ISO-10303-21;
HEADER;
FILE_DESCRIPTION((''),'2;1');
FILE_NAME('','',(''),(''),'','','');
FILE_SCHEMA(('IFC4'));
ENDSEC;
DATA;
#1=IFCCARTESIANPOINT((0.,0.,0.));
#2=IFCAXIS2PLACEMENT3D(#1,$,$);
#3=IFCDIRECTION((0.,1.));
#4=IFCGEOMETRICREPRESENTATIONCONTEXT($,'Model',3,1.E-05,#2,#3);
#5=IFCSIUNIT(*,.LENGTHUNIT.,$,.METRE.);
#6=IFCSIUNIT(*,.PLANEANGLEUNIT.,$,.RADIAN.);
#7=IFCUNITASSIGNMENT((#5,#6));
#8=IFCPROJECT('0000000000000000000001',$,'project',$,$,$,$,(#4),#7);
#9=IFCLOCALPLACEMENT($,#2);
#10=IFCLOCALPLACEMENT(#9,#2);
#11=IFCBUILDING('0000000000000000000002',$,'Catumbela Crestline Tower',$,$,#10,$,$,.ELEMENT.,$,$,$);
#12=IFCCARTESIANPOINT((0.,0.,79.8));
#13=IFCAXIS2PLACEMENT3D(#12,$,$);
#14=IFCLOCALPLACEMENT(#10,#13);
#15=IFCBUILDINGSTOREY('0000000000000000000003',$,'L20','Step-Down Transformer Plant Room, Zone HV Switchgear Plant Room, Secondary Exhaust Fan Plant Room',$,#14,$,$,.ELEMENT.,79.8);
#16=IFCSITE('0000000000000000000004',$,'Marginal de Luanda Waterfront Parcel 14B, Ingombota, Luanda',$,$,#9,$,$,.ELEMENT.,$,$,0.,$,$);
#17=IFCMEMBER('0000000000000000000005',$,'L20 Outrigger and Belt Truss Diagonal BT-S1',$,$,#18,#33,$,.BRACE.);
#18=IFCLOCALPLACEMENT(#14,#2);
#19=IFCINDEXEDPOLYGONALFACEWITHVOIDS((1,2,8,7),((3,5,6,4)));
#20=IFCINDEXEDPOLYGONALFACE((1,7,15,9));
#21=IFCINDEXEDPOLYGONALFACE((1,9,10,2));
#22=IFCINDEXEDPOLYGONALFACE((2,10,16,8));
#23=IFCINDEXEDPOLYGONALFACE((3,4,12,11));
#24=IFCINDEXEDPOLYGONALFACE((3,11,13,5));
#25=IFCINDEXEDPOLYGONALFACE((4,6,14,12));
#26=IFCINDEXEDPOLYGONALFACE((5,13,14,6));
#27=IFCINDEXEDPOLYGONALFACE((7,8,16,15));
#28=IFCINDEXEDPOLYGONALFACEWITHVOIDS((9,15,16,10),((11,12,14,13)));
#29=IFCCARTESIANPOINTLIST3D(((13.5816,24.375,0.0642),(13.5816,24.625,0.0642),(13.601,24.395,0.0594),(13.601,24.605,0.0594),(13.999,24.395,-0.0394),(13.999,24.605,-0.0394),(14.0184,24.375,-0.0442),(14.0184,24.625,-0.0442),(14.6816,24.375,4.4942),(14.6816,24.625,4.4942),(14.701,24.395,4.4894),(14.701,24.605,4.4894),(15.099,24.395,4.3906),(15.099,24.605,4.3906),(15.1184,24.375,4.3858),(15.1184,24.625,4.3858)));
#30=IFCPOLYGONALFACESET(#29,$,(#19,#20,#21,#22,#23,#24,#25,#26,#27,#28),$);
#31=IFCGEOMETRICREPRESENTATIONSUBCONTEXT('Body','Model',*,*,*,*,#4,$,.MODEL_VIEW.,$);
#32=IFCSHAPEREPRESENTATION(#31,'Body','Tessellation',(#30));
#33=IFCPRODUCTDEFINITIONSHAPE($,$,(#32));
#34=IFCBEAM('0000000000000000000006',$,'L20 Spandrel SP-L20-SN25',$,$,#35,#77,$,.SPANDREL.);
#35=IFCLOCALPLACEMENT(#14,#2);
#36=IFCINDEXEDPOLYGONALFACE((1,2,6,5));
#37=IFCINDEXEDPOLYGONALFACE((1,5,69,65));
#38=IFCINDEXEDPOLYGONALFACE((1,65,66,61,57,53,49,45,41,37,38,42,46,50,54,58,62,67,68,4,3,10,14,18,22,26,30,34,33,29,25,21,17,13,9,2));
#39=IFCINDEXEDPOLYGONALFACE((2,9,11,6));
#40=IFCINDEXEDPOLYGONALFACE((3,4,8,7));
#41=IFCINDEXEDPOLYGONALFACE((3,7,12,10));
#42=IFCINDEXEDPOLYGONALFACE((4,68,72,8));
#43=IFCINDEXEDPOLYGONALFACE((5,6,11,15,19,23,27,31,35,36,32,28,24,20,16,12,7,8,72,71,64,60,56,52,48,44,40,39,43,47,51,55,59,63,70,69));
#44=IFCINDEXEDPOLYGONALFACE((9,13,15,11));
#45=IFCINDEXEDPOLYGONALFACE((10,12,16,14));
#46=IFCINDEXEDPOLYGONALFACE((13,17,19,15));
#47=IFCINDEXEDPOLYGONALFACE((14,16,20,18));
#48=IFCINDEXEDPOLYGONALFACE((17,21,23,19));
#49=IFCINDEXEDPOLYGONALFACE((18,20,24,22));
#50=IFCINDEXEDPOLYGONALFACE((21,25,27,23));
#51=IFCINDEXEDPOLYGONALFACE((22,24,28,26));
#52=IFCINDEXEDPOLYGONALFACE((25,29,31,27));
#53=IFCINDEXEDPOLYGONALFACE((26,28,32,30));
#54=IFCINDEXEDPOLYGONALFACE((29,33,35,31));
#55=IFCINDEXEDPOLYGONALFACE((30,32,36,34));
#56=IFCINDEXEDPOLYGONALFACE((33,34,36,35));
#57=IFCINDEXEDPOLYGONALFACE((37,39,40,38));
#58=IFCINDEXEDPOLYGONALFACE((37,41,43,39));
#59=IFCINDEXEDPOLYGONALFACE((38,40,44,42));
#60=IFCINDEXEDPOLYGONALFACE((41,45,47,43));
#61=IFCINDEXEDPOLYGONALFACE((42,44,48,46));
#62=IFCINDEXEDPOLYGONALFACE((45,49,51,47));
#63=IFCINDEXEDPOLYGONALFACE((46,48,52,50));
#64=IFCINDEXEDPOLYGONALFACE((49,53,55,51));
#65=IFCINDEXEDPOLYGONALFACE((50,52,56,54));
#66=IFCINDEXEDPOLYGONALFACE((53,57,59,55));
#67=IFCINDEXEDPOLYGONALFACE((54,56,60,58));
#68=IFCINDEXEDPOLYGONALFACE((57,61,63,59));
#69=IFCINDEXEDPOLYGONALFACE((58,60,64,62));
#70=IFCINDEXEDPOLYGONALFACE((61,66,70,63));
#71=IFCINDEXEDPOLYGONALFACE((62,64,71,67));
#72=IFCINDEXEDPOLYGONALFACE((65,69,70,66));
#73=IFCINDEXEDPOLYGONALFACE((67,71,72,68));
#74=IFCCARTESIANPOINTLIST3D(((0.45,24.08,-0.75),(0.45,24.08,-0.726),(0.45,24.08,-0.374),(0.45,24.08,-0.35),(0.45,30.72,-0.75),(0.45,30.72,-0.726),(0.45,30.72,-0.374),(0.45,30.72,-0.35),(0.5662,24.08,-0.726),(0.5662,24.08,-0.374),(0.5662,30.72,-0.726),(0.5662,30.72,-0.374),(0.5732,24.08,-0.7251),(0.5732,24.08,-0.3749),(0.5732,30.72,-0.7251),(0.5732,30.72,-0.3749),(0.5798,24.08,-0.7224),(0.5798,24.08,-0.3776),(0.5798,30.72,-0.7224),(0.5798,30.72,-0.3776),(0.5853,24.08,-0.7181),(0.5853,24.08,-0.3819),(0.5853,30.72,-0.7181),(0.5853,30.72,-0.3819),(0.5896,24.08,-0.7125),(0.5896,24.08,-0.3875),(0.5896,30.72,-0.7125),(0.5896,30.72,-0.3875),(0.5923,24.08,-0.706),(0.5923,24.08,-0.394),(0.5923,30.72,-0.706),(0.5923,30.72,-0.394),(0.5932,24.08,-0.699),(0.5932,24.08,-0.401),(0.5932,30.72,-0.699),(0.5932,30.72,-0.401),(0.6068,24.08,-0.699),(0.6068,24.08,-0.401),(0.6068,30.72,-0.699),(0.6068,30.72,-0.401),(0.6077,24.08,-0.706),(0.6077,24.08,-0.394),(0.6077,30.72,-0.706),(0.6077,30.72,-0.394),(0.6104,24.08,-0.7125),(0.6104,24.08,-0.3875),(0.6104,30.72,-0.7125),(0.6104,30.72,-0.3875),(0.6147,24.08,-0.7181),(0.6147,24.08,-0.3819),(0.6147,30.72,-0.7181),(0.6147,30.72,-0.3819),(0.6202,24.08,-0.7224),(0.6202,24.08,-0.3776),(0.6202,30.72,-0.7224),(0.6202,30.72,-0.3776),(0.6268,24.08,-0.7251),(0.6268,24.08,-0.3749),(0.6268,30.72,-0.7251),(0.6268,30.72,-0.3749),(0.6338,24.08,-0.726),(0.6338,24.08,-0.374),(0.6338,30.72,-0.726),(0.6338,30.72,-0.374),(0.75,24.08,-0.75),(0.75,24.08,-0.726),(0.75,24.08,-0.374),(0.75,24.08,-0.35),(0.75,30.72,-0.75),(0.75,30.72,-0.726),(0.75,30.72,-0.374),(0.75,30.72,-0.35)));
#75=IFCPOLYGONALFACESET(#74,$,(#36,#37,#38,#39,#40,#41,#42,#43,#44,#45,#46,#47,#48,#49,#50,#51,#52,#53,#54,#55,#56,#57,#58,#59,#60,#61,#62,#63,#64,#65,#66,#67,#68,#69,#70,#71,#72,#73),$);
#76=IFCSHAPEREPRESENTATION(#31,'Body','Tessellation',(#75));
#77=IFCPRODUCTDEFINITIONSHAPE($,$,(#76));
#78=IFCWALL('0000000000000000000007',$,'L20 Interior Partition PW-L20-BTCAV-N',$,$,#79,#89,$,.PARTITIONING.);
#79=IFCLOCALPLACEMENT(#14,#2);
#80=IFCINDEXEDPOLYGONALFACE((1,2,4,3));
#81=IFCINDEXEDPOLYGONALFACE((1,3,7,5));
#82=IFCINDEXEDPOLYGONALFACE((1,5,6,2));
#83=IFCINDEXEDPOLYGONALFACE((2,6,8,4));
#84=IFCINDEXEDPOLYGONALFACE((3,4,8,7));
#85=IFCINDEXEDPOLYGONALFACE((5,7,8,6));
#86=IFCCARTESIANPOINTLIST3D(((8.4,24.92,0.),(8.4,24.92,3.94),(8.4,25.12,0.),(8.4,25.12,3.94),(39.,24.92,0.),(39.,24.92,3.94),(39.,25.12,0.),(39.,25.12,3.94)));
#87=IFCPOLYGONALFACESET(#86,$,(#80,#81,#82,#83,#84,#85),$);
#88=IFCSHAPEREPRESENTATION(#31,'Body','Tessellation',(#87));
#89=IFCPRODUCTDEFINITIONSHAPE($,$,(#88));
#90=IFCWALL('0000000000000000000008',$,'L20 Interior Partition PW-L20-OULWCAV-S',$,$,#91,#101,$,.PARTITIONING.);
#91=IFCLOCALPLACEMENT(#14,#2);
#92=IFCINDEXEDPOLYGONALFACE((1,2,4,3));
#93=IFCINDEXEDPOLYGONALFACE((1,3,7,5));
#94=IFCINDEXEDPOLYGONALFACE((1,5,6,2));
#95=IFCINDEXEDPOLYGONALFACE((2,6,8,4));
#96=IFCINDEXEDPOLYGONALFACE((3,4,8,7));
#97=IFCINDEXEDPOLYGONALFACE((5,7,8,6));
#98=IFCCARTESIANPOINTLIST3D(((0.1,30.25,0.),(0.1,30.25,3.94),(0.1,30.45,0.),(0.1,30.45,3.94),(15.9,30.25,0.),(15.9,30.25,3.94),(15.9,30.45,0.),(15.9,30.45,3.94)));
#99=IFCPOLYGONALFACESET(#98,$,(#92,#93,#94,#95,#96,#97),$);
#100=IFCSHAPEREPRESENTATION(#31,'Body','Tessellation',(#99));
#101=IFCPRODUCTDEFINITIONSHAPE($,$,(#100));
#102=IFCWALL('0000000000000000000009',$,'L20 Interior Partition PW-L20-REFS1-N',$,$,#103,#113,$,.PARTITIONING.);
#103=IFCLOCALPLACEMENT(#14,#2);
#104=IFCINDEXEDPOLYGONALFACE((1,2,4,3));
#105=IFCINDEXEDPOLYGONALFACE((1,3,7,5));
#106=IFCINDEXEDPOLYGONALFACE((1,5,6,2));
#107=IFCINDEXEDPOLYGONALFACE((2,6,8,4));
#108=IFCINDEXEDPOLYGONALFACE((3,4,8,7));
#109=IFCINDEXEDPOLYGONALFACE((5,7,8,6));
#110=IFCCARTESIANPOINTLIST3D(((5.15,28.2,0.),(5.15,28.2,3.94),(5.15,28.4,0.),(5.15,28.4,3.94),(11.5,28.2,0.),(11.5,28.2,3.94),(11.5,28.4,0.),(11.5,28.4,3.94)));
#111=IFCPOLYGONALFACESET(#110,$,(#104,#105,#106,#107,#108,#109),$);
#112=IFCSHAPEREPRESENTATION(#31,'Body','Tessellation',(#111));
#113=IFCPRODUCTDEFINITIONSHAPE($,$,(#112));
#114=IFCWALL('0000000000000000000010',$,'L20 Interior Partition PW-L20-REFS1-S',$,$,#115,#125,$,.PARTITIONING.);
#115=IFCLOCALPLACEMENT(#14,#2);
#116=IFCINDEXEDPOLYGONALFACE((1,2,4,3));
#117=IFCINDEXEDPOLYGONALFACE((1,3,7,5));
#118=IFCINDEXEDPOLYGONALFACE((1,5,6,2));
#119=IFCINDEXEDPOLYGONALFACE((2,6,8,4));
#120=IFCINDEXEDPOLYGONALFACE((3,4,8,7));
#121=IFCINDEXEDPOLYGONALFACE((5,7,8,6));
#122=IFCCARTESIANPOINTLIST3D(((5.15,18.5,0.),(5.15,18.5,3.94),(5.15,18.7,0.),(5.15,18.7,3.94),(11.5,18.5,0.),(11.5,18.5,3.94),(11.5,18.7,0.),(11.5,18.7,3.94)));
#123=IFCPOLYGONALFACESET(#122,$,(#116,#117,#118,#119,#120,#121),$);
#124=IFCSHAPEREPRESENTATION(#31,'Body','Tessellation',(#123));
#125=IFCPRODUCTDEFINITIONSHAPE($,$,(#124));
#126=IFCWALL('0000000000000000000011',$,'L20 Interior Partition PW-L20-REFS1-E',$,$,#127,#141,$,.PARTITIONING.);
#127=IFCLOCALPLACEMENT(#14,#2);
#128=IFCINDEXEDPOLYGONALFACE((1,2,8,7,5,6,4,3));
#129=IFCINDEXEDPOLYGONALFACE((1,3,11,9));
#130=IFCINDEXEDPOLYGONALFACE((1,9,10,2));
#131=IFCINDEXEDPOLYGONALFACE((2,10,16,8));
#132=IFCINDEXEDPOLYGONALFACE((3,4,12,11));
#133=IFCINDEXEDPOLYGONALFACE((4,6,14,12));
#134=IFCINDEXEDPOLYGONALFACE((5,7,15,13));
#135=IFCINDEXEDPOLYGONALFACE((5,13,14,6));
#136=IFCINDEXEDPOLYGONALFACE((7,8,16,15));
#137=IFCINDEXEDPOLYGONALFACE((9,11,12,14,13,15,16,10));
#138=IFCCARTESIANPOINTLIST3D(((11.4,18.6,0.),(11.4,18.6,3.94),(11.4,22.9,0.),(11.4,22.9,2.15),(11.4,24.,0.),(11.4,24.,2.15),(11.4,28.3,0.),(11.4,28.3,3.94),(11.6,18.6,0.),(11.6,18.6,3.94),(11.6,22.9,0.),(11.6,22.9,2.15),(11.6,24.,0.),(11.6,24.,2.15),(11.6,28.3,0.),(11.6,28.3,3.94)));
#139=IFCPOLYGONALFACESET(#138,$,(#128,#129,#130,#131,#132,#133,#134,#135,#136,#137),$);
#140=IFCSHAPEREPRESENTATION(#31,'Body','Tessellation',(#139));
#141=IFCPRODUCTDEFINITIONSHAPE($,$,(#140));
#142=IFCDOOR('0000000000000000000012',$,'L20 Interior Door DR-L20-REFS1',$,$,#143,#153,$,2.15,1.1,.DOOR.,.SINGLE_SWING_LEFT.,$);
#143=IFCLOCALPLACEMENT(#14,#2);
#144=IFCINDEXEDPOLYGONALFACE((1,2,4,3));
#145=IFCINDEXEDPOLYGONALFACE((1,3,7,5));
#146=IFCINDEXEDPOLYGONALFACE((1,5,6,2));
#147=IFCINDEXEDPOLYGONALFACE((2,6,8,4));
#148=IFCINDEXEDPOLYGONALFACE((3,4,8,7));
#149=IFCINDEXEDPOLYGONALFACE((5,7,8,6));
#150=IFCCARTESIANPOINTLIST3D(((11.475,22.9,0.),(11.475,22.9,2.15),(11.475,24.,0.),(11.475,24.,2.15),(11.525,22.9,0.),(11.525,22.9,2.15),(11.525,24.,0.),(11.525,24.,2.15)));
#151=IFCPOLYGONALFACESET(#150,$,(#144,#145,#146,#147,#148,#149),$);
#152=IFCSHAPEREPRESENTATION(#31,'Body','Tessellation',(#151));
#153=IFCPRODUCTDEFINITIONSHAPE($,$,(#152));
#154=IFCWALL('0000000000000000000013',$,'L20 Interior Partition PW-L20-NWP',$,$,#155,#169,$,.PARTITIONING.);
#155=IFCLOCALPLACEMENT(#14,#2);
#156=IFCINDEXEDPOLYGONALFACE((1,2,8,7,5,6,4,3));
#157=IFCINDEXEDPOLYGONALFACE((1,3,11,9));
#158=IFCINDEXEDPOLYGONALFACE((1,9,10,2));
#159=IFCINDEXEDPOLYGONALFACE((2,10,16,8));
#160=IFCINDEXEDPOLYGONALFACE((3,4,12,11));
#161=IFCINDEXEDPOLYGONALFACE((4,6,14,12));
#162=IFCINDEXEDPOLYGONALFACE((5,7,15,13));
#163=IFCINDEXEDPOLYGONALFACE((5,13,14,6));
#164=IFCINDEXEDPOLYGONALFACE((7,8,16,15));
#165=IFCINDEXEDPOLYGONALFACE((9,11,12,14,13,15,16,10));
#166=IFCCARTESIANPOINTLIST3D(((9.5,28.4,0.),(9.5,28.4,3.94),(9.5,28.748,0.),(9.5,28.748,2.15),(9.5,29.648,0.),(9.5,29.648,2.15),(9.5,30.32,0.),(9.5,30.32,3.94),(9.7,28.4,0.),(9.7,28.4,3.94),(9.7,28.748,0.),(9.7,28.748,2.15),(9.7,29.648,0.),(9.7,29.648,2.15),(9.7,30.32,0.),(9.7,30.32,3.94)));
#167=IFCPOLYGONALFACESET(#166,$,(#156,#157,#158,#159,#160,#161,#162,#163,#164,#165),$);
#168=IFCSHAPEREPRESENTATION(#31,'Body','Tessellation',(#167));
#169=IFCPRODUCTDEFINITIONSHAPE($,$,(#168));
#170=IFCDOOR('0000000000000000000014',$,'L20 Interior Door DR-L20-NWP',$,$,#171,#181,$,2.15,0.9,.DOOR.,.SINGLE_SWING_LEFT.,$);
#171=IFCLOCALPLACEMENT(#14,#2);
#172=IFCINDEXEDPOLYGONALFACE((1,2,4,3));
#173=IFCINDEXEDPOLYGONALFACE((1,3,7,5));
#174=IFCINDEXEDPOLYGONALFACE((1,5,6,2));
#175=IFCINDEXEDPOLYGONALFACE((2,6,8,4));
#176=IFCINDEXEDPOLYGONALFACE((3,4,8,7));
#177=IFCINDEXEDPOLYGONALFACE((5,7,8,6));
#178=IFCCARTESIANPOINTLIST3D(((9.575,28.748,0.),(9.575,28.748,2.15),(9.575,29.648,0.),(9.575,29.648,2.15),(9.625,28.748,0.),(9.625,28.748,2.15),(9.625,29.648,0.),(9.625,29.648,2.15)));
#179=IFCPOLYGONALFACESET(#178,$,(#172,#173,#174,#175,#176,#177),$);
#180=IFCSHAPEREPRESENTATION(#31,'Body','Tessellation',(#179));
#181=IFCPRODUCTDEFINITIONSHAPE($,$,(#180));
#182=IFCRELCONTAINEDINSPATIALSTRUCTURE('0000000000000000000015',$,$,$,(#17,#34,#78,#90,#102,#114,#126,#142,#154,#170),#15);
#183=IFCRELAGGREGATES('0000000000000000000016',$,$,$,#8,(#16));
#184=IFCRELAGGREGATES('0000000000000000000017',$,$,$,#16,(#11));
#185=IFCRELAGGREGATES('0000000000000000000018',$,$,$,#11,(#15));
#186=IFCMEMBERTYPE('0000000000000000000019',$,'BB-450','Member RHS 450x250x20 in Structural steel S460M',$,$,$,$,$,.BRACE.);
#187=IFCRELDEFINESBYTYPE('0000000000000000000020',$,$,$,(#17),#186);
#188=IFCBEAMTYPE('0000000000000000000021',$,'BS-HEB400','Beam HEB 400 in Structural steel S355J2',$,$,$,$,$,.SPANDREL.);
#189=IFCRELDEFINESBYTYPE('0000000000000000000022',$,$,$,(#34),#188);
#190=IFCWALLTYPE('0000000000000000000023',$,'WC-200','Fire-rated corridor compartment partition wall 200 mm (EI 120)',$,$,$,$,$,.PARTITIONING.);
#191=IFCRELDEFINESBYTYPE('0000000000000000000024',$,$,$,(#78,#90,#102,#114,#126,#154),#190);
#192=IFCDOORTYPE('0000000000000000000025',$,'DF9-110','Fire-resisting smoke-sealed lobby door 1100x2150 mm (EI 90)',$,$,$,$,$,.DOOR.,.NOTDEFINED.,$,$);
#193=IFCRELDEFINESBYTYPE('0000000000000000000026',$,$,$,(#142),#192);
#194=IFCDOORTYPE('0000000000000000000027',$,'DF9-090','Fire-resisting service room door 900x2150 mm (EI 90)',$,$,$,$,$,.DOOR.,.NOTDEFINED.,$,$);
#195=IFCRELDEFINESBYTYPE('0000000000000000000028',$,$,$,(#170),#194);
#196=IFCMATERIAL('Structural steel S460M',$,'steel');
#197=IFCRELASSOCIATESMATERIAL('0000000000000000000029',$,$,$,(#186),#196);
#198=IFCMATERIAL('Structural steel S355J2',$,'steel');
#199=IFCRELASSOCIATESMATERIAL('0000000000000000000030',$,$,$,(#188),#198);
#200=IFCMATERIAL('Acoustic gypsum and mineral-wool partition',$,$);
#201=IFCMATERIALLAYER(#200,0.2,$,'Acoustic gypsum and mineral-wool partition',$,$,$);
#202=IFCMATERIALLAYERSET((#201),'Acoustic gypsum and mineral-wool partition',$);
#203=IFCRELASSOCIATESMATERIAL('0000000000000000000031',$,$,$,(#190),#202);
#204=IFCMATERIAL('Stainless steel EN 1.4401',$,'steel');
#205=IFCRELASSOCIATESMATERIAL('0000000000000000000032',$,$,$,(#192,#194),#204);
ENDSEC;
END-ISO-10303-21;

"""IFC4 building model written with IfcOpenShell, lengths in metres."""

from ifc_helpers import new_model, si_unit, direction, frame, frame_2d, origin, origin_2d, place, context, subcontext, project, spatial, rectangle, hollow_rectangle, i_section, extrude, material, layer, layer_set, material_profile, profile_set, type_object, element, fill, save


model = new_model("IFC4")

# Units and contexts
model_context = context("Model", 3, precision=1e-05, world=origin(), true_north=direction((0.0, 1.0)))
body_context = subcontext(model_context, "Body", "Model", "MODEL_VIEW")
ifc_project = project(units=[si_unit("LENGTHUNIT", "METRE"), si_unit("PLANEANGLEUNIT", "RADIAN")], contexts=[model_context])

# Site, building, storey
site_placement = place(None, origin())
site = spatial("IfcSite", under=ifc_project, at=site_placement, Name="Marginal de Luanda Waterfront Parcel 14B, Ingombota, Luanda", CompositionType="ELEMENT", RefElevation=0.0)
building_placement = place(site_placement, origin())
building = spatial("IfcBuilding", under=site, at=building_placement, Name="Catumbela Crestline Tower", CompositionType="ELEMENT")
storey_placement = place(building_placement, frame((0.0, 0.0, 79.8)))
storey = spatial("IfcBuildingStorey", under=building, at=storey_placement, Name="L20", Description="Step-Down Transformer Plant Room, Zone HV Switchgear Plant Room, Secondary Exhaust Fan Plant Room", CompositionType="ELEMENT", Elevation=79.8)

# Shared definitions
ifc_material_1 = material(Name="Structural steel S460M", Category="steel")

# Shared definitions
ifc_material_2 = material(Name="Structural steel S355J2", Category="steel")

# Member
ifc_material_profile_1 = material_profile(ifc_material_1, hollow_rectangle(XDim=0.25, YDim=0.45, WallThickness=0.02, at=origin_2d()), Name="RHS 450x250x20")
ifc_profile_set_1 = profile_set([ifc_material_profile_1], Name="Structural steel S460M")
member_type = type_object("IfcMemberType", Name="BB-450", Description="Member RHS 450x250x20 in Structural steel S460M", PredefinedType="BRACE", material=ifc_profile_set_1)
member_placement = place(storey_placement, frame((13.8, 24.5, 0.01), z_axis=(0.240989, 0.0, 0.970528), x_axis=(0.0, 1.0, 0.0)))
element("IfcMember", 1, at=member_placement, inside=storey, type_object=member_type, Name="L20 Outrigger and Belt Truss Diagonal BT-S1", PredefinedType="BRACE", context=body_context, shape_type="SweptSolid", body=[
    extrude(hollow_rectangle(XDim=0.25, YDim=0.45, WallThickness=0.02, at=origin_2d()), origin(), (0.0, 0.0, 1.0), 4.5645),
])

# Beam
ifc_material_profile_2 = material_profile(ifc_material_2, i_section(OverallWidth=0.3, OverallDepth=0.4, WebThickness=0.0135, FlangeThickness=0.024, FilletRadius=0.027, at=origin_2d()), Name="HEB 400")
ifc_profile_set_2 = profile_set([ifc_material_profile_2], Name="Structural steel S355J2")
beam_type_1 = type_object("IfcBeamType", Name="BS-HEB400", Description="Beam HEB 400 in Structural steel S355J2", PredefinedType="SPANDREL", material=ifc_profile_set_2)
beam_1_placement = place(storey_placement, frame((0.6, 24.08, -0.55), z_axis=(0.0, 1.0, 0.0), x_axis=(-1.0, 0.0, 0.0)))
element("IfcBeam", 2, at=beam_1_placement, inside=storey, type_object=beam_type_1, Name="L20 Spandrel SP-L20-SN25", PredefinedType="SPANDREL", context=body_context, shape_type="SweptSolid", body=[
    extrude(i_section(OverallWidth=0.3, OverallDepth=0.4, WebThickness=0.0135, FlangeThickness=0.024, FilletRadius=0.027, at=origin_2d()), origin(), (0.0, 0.0, 1.0), 6.64),
])

# Walls
ifc_material_3 = material(Name="Acoustic gypsum and mineral-wool partition")
ifc_layer = layer(ifc_material_3, 0.2, Name="Acoustic gypsum and mineral-wool partition")
ifc_layer_set = layer_set([ifc_layer], Name="Acoustic gypsum and mineral-wool partition")
wall_type = type_object("IfcWallType", Name="WC-200", Description="Fire-rated corridor compartment partition wall 200 mm (EI 120)", PredefinedType="PARTITIONING", material=ifc_layer_set)
wall_1_placement = place(storey_placement, frame((8.4, 25.02, 0.0), z_axis=(0.0, 0.0, 1.0), x_axis=(1.0, 0.0, 0.0)))
element("IfcWall", 3, at=wall_1_placement, inside=storey, type_object=wall_type, Name="L20 Interior Partition PW-L20-BTCAV-N", PredefinedType="PARTITIONING", context=body_context, shape_type="SweptSolid", body=[
    extrude(rectangle(XDim=30.6, YDim=0.2, at=frame_2d((15.3, 0.0))), origin(), (0.0, 0.0, 1.0), 3.94),
])
wall_2_placement = place(storey_placement, frame((0.1, 30.35, 0.0), z_axis=(0.0, 0.0, 1.0), x_axis=(1.0, 0.0, 0.0)))
element("IfcWall", 4, at=wall_2_placement, inside=storey, type_object=wall_type, Name="L20 Interior Partition PW-L20-OULWCAV-S", PredefinedType="PARTITIONING", context=body_context, shape_type="SweptSolid", body=[
    extrude(rectangle(XDim=15.8, YDim=0.2, at=frame_2d((7.9, 0.0))), origin(), (0.0, 0.0, 1.0), 3.94),
])
for number, where, z_axis, x_axis, name in (
    (5, (5.15, 28.3, 0.0), (0.0, 0.0, 1.0), (1.0, 0.0, 0.0), "L20 Interior Partition PW-L20-REFS1-N"),
    (6, (5.15, 18.6, 0.0), (0.0, 0.0, 1.0), (1.0, 0.0, 0.0), "L20 Interior Partition PW-L20-REFS1-S"),
):
    element("IfcWall", number, at=place(storey_placement, frame(where, z_axis=z_axis, x_axis=x_axis)), inside=storey, type_object=wall_type, Name=name, PredefinedType="PARTITIONING", context=body_context, shape_type="SweptSolid", body=[
        extrude(rectangle(XDim=6.35, YDim=0.2, at=frame_2d((3.175, 0.0))), origin(), (0.0, 0.0, 1.0), 3.94),
    ])

# Walls, openings, doors
wall_3_placement = place(storey_placement, frame((11.5, 18.6, 0.0), z_axis=(0.0, 0.0, 1.0), x_axis=(0.0, 1.0, 0.0)))
wall_3 = element("IfcWall", 7, at=wall_3_placement, inside=storey, type_object=wall_type, Name="L20 Interior Partition PW-L20-REFS1-E", PredefinedType="PARTITIONING", context=body_context, shape_type="SweptSolid", body=[
    extrude(rectangle(XDim=9.7, YDim=0.2, at=frame_2d((4.85, 0.0))), origin(), (0.0, 0.0, 1.0), 3.94),
])
opening_1_placement = place(wall_3_placement, frame((4.3, 0.0, 0.0)))
opening_1 = element("IfcOpeningElement", 8, at=opening_1_placement, cuts=wall_3, PredefinedType="OPENING", context=body_context, shape_type="SweptSolid", body=[
    extrude(rectangle(XDim=1.1, YDim=2.15, at=frame_2d((0.55, 1.075))), frame((0.0, 0.11, 0.0), z_axis=(0.0, -1.0, 0.0), x_axis=(1.0, 0.0, 0.0)), (0.0, 0.0, 1.0), 0.22),
])
ifc_material_4 = material(Name="Stainless steel EN 1.4401", Category="steel")
door_type_1 = type_object("IfcDoorType", Name="DF9-110", Description="Fire-resisting smoke-sealed lobby door 1100x2150 mm (EI 90)", OperationType="NOTDEFINED", PredefinedType="DOOR", material=ifc_material_4)
door_1_placement = place(opening_1_placement, origin())
door_1 = element("IfcDoor", 9, at=door_1_placement, inside=storey, type_object=door_type_1, Name="L20 Interior Door DR-L20-REFS1", OperationType="SINGLE_SWING_LEFT", OverallHeight=2.15, OverallWidth=1.1, PredefinedType="DOOR", context=body_context, shape_type="SweptSolid", body=[
    extrude(rectangle(XDim=1.1, YDim=2.15, at=frame_2d((0.55, 1.075))), frame((0.0, 0.025, 0.0), z_axis=(0.0, -1.0, 0.0), x_axis=(1.0, 0.0, 0.0)), (0.0, 0.0, 1.0), 0.05),
])
fill(opening_1, door_1)
wall_4_placement = place(storey_placement, frame((9.6, 28.4, 0.0), z_axis=(0.0, 0.0, 1.0), x_axis=(0.0, 1.0, 0.0)))
wall_4 = element("IfcWall", 10, at=wall_4_placement, inside=storey, type_object=wall_type, Name="L20 Interior Partition PW-L20-NWP", PredefinedType="PARTITIONING", context=body_context, shape_type="SweptSolid", body=[
    extrude(rectangle(XDim=1.92, YDim=0.2, at=frame_2d((0.96, 0.0))), origin(), (0.0, 0.0, 1.0), 3.94),
])
opening_2_placement = place(wall_4_placement, frame((0.348, 0.0, 0.0)))
opening_2 = element("IfcOpeningElement", 11, at=opening_2_placement, cuts=wall_4, PredefinedType="OPENING", context=body_context, shape_type="SweptSolid", body=[
    extrude(rectangle(XDim=0.9, YDim=2.15, at=frame_2d((0.45, 1.075))), frame((0.0, 0.11, 0.0), z_axis=(0.0, -1.0, 0.0), x_axis=(1.0, 0.0, 0.0)), (0.0, 0.0, 1.0), 0.22),
])
door_type_2 = type_object("IfcDoorType", Name="DF9-090", Description="Fire-resisting service room door 900x2150 mm (EI 90)", OperationType="NOTDEFINED", PredefinedType="DOOR", material=ifc_material_4)
door_2_placement = place(opening_2_placement, origin())
door_2 = element("IfcDoor", 12, at=door_2_placement, inside=storey, type_object=door_type_2, Name="L20 Interior Door DR-L20-NWP", OperationType="SINGLE_SWING_LEFT", OverallHeight=2.15, OverallWidth=0.9, PredefinedType="DOOR", context=body_context, shape_type="SweptSolid", body=[
    extrude(rectangle(XDim=0.9, YDim=2.15, at=frame_2d((0.45, 1.075))), frame((0.0, 0.025, 0.0), z_axis=(0.0, -1.0, 0.0), x_axis=(1.0, 0.0, 0.0)), (0.0, 0.0, 1.0), 0.05),
])
fill(opening_2, door_2)

save(model, "model.ifc")
